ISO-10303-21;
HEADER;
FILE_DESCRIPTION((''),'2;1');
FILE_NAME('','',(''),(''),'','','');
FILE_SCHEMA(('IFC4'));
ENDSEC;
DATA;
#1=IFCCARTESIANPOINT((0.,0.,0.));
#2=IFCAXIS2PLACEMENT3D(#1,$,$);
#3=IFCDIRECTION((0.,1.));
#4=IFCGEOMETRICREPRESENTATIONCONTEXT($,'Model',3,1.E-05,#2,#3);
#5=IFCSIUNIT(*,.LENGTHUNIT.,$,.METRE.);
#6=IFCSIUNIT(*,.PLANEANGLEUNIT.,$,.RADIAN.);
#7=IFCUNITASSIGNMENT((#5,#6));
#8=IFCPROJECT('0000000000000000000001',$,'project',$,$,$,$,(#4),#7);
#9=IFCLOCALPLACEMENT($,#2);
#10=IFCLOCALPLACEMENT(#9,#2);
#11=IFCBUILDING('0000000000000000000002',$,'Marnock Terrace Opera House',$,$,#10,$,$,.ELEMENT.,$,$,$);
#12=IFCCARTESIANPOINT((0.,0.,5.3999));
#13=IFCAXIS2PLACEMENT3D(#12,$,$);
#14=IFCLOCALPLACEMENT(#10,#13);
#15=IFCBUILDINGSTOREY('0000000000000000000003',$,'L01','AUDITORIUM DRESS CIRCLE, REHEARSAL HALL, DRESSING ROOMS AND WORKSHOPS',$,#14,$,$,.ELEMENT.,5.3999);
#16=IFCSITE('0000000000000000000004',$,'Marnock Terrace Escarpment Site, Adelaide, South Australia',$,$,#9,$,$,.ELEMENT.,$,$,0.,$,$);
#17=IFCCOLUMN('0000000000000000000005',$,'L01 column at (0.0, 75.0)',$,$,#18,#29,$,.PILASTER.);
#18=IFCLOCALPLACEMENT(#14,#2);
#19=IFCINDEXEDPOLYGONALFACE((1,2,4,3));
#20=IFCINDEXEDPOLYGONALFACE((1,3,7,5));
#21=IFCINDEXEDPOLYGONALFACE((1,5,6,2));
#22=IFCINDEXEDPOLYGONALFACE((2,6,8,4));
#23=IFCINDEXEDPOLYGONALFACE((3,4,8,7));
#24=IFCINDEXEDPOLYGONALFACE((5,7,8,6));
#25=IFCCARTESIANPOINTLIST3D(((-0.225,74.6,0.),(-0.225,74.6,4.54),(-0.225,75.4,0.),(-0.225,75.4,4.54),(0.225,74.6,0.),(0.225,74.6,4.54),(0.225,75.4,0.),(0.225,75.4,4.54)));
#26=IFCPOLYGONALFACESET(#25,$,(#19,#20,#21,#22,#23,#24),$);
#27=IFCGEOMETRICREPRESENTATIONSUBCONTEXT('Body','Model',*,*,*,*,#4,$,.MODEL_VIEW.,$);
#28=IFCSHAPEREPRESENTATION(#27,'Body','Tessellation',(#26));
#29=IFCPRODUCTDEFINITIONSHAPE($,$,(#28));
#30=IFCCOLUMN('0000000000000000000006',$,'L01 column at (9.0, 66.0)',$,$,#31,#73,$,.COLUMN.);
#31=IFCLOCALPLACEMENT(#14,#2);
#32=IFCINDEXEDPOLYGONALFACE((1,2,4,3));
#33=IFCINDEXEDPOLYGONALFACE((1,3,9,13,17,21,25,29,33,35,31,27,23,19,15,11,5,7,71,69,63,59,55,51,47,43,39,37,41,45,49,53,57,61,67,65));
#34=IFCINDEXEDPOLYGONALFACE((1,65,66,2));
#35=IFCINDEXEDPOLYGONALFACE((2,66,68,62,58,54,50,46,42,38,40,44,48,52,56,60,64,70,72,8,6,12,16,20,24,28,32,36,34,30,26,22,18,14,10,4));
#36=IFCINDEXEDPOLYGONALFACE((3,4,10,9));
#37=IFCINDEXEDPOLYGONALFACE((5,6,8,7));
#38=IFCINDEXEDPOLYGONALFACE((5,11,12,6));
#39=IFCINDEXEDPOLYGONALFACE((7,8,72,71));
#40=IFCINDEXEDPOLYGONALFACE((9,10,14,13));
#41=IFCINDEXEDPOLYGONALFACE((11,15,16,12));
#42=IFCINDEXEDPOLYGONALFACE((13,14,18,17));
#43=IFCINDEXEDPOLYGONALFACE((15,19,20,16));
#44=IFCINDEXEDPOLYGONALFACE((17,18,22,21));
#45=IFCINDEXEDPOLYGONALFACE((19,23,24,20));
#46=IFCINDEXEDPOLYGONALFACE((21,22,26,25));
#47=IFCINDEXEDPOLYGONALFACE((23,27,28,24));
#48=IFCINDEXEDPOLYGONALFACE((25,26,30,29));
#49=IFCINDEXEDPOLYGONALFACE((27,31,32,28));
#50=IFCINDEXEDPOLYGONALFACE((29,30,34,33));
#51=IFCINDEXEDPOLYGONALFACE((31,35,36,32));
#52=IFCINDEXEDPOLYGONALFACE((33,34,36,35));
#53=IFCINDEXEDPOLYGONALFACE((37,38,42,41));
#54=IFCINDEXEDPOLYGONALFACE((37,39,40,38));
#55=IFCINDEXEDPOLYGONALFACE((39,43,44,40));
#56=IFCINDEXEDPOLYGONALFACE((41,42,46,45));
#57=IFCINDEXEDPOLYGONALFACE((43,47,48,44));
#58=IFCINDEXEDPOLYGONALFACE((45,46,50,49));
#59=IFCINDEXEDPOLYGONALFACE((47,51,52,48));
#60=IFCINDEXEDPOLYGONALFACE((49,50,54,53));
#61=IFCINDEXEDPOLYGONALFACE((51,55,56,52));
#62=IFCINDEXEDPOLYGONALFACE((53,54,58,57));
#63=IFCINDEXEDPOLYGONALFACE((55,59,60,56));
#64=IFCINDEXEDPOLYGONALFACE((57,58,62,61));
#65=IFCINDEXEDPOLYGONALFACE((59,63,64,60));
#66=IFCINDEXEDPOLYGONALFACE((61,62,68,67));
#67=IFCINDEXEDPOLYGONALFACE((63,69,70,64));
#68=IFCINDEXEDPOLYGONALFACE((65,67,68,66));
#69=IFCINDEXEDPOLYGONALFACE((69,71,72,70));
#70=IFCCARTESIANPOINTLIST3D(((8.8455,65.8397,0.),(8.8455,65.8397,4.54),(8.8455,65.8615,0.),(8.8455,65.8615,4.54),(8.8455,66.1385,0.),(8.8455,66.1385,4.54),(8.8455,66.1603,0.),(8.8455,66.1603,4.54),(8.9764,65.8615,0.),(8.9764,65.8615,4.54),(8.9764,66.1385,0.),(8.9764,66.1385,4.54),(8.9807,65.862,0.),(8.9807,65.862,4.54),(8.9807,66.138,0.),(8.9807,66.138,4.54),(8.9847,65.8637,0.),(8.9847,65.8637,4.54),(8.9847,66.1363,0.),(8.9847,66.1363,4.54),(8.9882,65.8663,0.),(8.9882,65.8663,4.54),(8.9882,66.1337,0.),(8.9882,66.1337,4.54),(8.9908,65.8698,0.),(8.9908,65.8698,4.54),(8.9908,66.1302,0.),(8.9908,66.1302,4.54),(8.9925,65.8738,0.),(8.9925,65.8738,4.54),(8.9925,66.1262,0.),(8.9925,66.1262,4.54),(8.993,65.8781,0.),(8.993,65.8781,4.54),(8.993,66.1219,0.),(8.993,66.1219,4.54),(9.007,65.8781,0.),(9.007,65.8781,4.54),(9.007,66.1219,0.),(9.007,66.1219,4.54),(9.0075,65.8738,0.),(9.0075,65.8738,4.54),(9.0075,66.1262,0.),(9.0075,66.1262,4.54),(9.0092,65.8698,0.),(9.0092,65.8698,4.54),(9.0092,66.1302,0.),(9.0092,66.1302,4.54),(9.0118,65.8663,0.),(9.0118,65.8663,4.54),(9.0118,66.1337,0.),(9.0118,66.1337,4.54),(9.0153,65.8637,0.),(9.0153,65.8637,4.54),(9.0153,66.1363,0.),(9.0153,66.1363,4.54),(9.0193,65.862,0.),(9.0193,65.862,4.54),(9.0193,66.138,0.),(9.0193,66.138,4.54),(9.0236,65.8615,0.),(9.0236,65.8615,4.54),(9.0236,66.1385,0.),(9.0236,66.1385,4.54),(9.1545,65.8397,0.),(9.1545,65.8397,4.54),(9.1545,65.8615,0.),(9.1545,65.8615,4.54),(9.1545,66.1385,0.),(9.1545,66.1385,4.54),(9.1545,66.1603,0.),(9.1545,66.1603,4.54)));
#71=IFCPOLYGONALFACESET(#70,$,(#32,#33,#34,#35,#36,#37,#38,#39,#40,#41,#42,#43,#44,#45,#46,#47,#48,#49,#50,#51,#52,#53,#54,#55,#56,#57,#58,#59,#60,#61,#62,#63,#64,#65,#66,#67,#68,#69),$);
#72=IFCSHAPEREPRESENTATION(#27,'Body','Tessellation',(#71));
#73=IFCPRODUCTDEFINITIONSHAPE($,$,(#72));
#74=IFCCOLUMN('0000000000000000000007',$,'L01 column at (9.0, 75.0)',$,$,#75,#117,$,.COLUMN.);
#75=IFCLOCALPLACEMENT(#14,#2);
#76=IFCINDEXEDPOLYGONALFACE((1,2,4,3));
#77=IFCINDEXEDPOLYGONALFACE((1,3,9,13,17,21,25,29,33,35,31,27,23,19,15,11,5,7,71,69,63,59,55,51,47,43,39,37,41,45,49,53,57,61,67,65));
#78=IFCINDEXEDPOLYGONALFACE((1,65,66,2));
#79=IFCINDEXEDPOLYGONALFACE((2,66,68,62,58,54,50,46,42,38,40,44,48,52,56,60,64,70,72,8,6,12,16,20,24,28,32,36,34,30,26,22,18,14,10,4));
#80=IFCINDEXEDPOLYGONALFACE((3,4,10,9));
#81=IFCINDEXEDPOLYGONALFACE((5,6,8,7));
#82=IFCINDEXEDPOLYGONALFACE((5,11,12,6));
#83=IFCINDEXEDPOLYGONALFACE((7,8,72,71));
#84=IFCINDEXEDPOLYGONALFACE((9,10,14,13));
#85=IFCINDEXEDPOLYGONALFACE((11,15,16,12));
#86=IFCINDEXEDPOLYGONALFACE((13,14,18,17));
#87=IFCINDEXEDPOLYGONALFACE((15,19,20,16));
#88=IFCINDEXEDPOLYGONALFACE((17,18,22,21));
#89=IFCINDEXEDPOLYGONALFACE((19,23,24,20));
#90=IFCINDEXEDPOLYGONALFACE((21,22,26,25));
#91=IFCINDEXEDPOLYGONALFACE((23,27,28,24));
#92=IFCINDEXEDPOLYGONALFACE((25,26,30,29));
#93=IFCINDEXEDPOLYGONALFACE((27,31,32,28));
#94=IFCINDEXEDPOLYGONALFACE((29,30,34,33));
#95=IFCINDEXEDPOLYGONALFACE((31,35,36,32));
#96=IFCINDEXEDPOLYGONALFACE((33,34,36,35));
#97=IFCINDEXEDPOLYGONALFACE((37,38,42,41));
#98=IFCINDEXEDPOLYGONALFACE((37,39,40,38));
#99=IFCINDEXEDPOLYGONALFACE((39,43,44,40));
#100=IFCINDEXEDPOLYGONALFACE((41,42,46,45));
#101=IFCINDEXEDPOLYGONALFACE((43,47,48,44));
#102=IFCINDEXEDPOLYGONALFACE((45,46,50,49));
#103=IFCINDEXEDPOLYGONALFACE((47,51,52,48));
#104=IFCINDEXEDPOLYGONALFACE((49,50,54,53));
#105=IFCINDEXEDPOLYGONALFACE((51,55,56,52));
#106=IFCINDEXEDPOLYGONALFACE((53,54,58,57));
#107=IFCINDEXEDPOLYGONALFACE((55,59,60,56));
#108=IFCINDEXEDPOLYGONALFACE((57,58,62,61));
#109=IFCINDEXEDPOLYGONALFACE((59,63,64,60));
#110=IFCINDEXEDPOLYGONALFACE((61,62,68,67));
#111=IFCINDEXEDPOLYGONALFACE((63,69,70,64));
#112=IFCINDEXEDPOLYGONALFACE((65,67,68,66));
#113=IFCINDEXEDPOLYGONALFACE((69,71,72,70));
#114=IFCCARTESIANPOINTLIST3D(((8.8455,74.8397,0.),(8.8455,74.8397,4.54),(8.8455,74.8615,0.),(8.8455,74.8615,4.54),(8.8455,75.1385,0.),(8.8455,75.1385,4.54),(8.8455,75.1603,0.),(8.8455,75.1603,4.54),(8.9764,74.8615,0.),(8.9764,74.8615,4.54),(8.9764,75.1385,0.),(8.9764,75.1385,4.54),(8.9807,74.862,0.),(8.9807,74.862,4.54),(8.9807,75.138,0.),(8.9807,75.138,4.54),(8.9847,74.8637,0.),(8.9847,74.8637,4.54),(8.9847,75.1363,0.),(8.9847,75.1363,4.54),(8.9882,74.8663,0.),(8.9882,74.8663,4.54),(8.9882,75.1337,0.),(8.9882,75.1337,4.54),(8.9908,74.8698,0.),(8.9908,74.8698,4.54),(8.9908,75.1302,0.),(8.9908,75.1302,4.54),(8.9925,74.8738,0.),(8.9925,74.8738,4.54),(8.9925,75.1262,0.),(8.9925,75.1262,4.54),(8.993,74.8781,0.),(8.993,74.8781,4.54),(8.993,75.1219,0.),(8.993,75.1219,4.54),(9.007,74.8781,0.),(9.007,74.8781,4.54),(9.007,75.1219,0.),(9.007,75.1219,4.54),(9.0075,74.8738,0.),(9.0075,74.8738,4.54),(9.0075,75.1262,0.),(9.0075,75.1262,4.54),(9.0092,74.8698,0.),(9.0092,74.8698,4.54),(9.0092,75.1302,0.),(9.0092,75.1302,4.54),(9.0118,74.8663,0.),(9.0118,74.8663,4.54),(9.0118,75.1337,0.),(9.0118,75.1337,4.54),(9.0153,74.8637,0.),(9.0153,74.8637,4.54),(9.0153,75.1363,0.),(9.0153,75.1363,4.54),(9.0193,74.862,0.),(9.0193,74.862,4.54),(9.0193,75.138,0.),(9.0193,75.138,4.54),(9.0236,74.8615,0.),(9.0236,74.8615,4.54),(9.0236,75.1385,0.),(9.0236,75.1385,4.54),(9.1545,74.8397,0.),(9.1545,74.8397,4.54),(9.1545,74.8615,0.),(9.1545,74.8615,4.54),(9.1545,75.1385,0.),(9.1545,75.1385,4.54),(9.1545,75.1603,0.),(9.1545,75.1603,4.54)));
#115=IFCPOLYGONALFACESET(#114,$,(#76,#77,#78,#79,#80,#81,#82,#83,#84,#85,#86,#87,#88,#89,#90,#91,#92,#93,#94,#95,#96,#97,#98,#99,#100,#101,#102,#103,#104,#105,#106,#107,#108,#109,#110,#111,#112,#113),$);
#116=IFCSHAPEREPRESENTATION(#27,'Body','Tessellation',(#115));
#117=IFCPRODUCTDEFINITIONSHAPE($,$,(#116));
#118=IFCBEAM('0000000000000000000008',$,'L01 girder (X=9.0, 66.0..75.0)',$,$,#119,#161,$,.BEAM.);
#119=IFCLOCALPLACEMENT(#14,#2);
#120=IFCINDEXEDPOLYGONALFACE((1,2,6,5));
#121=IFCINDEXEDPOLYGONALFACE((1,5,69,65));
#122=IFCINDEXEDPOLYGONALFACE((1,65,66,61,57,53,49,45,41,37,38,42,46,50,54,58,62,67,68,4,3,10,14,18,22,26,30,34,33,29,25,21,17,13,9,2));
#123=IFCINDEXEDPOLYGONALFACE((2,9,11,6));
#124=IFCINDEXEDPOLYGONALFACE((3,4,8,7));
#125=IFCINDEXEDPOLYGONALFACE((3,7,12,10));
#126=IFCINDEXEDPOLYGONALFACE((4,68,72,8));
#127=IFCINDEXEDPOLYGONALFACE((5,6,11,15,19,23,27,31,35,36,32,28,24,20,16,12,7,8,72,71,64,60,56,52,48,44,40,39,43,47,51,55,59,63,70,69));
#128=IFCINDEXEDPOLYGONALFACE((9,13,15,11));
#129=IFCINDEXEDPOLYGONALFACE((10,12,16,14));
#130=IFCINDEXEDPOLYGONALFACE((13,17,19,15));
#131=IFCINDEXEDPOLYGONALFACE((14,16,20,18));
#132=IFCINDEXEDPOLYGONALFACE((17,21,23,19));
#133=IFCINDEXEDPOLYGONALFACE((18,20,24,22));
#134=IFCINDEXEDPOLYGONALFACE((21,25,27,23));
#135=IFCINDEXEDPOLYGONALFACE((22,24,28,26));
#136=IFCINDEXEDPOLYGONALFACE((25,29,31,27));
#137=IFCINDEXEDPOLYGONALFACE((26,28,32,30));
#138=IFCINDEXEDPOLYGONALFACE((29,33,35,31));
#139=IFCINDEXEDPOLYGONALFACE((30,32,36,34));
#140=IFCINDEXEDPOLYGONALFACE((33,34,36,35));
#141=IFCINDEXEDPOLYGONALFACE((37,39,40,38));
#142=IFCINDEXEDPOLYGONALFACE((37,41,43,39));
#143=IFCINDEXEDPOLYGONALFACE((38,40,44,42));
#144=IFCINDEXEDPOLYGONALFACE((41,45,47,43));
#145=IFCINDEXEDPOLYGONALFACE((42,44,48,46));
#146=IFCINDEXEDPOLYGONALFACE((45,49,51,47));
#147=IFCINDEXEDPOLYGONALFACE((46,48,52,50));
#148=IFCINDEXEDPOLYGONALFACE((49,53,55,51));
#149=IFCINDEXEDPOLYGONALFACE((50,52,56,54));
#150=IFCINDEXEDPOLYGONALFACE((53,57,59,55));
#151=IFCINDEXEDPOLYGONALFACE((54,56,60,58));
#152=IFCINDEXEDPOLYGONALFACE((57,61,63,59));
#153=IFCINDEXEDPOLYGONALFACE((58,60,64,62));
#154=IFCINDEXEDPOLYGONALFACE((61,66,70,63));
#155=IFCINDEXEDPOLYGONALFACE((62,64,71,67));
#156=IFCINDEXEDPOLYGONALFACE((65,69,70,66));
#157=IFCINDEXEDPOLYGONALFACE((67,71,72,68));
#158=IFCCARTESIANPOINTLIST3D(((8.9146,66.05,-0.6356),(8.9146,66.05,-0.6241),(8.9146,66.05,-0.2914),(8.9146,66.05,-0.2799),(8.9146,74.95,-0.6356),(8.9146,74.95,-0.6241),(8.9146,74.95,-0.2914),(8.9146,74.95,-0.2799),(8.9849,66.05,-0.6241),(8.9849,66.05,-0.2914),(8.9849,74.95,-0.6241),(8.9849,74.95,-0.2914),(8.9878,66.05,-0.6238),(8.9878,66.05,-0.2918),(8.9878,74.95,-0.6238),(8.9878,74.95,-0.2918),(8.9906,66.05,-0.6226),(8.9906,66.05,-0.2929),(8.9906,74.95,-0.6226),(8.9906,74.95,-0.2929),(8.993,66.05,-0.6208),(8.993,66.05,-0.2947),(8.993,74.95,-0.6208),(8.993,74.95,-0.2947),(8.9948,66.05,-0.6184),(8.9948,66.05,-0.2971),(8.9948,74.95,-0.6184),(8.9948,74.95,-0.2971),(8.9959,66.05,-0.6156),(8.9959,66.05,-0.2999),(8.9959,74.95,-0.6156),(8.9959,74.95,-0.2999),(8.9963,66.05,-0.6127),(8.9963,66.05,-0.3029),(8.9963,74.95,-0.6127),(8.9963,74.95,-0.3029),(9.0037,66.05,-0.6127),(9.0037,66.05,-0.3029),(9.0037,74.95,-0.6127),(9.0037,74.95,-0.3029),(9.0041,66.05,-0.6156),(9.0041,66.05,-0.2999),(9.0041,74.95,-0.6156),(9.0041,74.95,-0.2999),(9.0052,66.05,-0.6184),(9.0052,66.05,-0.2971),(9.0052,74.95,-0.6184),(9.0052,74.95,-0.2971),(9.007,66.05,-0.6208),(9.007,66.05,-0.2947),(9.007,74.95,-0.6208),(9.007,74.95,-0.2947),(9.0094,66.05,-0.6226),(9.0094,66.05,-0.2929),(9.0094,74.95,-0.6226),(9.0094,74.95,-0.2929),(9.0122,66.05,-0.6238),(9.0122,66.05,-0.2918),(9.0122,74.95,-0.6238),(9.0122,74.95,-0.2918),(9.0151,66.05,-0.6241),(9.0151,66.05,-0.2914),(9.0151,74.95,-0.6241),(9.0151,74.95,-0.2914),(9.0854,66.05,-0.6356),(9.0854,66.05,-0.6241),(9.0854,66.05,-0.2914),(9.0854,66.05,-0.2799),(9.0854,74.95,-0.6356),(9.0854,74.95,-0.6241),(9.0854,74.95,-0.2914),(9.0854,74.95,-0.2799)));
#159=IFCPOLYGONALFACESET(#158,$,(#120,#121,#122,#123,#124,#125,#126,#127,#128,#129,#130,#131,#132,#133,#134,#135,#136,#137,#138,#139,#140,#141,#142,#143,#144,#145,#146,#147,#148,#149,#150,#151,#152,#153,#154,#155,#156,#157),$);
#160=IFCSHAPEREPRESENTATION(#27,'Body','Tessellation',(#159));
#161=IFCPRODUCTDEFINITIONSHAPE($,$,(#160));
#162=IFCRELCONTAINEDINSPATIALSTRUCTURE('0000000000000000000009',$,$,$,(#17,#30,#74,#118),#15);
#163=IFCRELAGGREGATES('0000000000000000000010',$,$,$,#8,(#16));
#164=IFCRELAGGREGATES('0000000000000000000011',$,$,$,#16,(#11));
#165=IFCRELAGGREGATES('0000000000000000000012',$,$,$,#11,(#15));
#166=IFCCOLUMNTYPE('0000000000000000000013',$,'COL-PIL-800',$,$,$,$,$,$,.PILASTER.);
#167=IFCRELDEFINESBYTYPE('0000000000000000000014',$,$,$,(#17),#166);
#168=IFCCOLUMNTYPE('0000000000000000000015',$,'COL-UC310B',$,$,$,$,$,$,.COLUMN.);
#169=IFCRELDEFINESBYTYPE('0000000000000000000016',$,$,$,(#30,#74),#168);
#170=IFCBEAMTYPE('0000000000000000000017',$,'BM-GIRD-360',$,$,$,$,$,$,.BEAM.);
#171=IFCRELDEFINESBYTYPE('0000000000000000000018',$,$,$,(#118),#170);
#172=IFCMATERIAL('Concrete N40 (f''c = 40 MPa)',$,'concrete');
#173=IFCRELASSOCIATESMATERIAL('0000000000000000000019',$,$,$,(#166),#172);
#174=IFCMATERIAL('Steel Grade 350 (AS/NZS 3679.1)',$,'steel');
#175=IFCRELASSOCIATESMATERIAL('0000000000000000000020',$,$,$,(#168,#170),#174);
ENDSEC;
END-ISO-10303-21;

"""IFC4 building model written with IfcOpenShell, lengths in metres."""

from ifc_helpers import new_model, si_unit, direction, frame, origin, origin_2d, place, context, subcontext, project, spatial, rectangle, i_section, extrude, material, material_profile, profile_set, type_object, element, save


model = new_model("IFC4")

# Units and contexts
model_context = context("Model", 3, precision=1e-05, world=origin(), true_north=direction((0.0, 1.0)))
body_context = subcontext(model_context, "Body", "Model", "MODEL_VIEW")
ifc_project = project(units=[si_unit("LENGTHUNIT", "METRE"), si_unit("PLANEANGLEUNIT", "RADIAN")], contexts=[model_context])

# Site, building, storey
site_placement = place(None, origin())
site = spatial("IfcSite", under=ifc_project, at=site_placement, Name="Marnock Terrace Escarpment Site, Adelaide, South Australia", CompositionType="ELEMENT", RefElevation=0.0)
building_placement = place(site_placement, origin())
building = spatial("IfcBuilding", under=site, at=building_placement, Name="Marnock Terrace Opera House", CompositionType="ELEMENT")
storey_placement = place(building_placement, frame((0.0, 0.0, 5.3999)))
storey = spatial("IfcBuildingStorey", under=building, at=storey_placement, Name="L01", Description="AUDITORIUM DRESS CIRCLE, REHEARSAL HALL, DRESSING ROOMS AND WORKSHOPS", CompositionType="ELEMENT", Elevation=5.3999)

# Columns
ifc_material_1 = material(Name="Concrete N40 (f'c = 40 MPa)", Category="concrete")
ifc_material_profile_1 = material_profile(ifc_material_1, rectangle(XDim=0.45, YDim=0.8, at=origin_2d()))
ifc_profile_set_1 = profile_set([ifc_material_profile_1], Name="Concrete N40 (f'c = 40 MPa)")
column_type_1 = type_object("IfcColumnType", Name="COL-PIL-800", PredefinedType="PILASTER", material=ifc_profile_set_1)
column_placement = place(storey_placement, frame((0.0, 75.0, 0.0), z_axis=(0.0, 0.0, 1.0), x_axis=(1.0, 0.0, 0.0)))
element("IfcColumn", 1, at=column_placement, inside=storey, type_object=column_type_1, Name="L01 column at (0.0, 75.0)", PredefinedType="PILASTER", context=body_context, shape_type="SweptSolid", body=[
    extrude(rectangle(XDim=0.45, YDim=0.8, at=origin_2d()), origin(), (0.0, 0.0, 1.0), 4.54),
])
ifc_material_2 = material(Name="Steel Grade 350 (AS/NZS 3679.1)", Category="steel")
ifc_material_profile_2 = material_profile(ifc_material_2, i_section(OverallWidth=0.3091, OverallDepth=0.3206, WebThickness=0.0139, FlangeThickness=0.0217, FilletRadius=0.0166, at=origin_2d()))
ifc_profile_set_2 = profile_set([ifc_material_profile_2], Name="Steel Grade 350 (AS/NZS 3679.1)")
column_type_2 = type_object("IfcColumnType", Name="COL-UC310B", PredefinedType="COLUMN", material=ifc_profile_set_2)
for number, where, z_axis, x_axis, name in (
    (2, (9.0, 66.0, 0.0), (0.0, 0.0, 1.0), (1.0, 0.0, 0.0), "L01 column at (9.0, 66.0)"),
    (3, (9.0, 75.0, 0.0), (0.0, 0.0, 1.0), (1.0, 0.0, 0.0), "L01 column at (9.0, 75.0)"),
):
    element("IfcColumn", number, at=place(storey_placement, frame(where, z_axis=z_axis, x_axis=x_axis)), inside=storey, type_object=column_type_2, Name=name, PredefinedType="COLUMN", context=body_context, shape_type="SweptSolid", body=[
        extrude(i_section(OverallWidth=0.3091, OverallDepth=0.3206, WebThickness=0.0139, FlangeThickness=0.0217, FilletRadius=0.0166, at=origin_2d()), origin(), (0.0, 0.0, 1.0), 4.54),
    ])

# Beam
ifc_material_profile_3 = material_profile(ifc_material_2, i_section(OverallWidth=0.1709, OverallDepth=0.3557, WebThickness=0.0073, FlangeThickness=0.0115, FilletRadius=0.0115, at=origin_2d()))
ifc_profile_set_3 = profile_set([ifc_material_profile_3], Name="Steel Grade 350 (AS/NZS 3679.1)")
beam_type_1 = type_object("IfcBeamType", Name="BM-GIRD-360", PredefinedType="BEAM", material=ifc_profile_set_3)
beam_1_placement = place(storey_placement, frame((9.0, 66.05, -0.4578), z_axis=(0.0, 1.0, 0.0), x_axis=(-1.0, 0.0, 0.0)))
element("IfcBeam", 4, at=beam_1_placement, inside=storey, type_object=beam_type_1, Name="L01 girder (X=9.0, 66.0..75.0)", PredefinedType="BEAM", context=body_context, shape_type="SweptSolid", body=[
    extrude(i_section(OverallWidth=0.1709, OverallDepth=0.3557, WebThickness=0.0073, FlangeThickness=0.0115, FilletRadius=0.0115, at=origin_2d()), origin(), (0.0, 0.0, 1.0), 8.8999),
])

save(model, "model.ifc")
